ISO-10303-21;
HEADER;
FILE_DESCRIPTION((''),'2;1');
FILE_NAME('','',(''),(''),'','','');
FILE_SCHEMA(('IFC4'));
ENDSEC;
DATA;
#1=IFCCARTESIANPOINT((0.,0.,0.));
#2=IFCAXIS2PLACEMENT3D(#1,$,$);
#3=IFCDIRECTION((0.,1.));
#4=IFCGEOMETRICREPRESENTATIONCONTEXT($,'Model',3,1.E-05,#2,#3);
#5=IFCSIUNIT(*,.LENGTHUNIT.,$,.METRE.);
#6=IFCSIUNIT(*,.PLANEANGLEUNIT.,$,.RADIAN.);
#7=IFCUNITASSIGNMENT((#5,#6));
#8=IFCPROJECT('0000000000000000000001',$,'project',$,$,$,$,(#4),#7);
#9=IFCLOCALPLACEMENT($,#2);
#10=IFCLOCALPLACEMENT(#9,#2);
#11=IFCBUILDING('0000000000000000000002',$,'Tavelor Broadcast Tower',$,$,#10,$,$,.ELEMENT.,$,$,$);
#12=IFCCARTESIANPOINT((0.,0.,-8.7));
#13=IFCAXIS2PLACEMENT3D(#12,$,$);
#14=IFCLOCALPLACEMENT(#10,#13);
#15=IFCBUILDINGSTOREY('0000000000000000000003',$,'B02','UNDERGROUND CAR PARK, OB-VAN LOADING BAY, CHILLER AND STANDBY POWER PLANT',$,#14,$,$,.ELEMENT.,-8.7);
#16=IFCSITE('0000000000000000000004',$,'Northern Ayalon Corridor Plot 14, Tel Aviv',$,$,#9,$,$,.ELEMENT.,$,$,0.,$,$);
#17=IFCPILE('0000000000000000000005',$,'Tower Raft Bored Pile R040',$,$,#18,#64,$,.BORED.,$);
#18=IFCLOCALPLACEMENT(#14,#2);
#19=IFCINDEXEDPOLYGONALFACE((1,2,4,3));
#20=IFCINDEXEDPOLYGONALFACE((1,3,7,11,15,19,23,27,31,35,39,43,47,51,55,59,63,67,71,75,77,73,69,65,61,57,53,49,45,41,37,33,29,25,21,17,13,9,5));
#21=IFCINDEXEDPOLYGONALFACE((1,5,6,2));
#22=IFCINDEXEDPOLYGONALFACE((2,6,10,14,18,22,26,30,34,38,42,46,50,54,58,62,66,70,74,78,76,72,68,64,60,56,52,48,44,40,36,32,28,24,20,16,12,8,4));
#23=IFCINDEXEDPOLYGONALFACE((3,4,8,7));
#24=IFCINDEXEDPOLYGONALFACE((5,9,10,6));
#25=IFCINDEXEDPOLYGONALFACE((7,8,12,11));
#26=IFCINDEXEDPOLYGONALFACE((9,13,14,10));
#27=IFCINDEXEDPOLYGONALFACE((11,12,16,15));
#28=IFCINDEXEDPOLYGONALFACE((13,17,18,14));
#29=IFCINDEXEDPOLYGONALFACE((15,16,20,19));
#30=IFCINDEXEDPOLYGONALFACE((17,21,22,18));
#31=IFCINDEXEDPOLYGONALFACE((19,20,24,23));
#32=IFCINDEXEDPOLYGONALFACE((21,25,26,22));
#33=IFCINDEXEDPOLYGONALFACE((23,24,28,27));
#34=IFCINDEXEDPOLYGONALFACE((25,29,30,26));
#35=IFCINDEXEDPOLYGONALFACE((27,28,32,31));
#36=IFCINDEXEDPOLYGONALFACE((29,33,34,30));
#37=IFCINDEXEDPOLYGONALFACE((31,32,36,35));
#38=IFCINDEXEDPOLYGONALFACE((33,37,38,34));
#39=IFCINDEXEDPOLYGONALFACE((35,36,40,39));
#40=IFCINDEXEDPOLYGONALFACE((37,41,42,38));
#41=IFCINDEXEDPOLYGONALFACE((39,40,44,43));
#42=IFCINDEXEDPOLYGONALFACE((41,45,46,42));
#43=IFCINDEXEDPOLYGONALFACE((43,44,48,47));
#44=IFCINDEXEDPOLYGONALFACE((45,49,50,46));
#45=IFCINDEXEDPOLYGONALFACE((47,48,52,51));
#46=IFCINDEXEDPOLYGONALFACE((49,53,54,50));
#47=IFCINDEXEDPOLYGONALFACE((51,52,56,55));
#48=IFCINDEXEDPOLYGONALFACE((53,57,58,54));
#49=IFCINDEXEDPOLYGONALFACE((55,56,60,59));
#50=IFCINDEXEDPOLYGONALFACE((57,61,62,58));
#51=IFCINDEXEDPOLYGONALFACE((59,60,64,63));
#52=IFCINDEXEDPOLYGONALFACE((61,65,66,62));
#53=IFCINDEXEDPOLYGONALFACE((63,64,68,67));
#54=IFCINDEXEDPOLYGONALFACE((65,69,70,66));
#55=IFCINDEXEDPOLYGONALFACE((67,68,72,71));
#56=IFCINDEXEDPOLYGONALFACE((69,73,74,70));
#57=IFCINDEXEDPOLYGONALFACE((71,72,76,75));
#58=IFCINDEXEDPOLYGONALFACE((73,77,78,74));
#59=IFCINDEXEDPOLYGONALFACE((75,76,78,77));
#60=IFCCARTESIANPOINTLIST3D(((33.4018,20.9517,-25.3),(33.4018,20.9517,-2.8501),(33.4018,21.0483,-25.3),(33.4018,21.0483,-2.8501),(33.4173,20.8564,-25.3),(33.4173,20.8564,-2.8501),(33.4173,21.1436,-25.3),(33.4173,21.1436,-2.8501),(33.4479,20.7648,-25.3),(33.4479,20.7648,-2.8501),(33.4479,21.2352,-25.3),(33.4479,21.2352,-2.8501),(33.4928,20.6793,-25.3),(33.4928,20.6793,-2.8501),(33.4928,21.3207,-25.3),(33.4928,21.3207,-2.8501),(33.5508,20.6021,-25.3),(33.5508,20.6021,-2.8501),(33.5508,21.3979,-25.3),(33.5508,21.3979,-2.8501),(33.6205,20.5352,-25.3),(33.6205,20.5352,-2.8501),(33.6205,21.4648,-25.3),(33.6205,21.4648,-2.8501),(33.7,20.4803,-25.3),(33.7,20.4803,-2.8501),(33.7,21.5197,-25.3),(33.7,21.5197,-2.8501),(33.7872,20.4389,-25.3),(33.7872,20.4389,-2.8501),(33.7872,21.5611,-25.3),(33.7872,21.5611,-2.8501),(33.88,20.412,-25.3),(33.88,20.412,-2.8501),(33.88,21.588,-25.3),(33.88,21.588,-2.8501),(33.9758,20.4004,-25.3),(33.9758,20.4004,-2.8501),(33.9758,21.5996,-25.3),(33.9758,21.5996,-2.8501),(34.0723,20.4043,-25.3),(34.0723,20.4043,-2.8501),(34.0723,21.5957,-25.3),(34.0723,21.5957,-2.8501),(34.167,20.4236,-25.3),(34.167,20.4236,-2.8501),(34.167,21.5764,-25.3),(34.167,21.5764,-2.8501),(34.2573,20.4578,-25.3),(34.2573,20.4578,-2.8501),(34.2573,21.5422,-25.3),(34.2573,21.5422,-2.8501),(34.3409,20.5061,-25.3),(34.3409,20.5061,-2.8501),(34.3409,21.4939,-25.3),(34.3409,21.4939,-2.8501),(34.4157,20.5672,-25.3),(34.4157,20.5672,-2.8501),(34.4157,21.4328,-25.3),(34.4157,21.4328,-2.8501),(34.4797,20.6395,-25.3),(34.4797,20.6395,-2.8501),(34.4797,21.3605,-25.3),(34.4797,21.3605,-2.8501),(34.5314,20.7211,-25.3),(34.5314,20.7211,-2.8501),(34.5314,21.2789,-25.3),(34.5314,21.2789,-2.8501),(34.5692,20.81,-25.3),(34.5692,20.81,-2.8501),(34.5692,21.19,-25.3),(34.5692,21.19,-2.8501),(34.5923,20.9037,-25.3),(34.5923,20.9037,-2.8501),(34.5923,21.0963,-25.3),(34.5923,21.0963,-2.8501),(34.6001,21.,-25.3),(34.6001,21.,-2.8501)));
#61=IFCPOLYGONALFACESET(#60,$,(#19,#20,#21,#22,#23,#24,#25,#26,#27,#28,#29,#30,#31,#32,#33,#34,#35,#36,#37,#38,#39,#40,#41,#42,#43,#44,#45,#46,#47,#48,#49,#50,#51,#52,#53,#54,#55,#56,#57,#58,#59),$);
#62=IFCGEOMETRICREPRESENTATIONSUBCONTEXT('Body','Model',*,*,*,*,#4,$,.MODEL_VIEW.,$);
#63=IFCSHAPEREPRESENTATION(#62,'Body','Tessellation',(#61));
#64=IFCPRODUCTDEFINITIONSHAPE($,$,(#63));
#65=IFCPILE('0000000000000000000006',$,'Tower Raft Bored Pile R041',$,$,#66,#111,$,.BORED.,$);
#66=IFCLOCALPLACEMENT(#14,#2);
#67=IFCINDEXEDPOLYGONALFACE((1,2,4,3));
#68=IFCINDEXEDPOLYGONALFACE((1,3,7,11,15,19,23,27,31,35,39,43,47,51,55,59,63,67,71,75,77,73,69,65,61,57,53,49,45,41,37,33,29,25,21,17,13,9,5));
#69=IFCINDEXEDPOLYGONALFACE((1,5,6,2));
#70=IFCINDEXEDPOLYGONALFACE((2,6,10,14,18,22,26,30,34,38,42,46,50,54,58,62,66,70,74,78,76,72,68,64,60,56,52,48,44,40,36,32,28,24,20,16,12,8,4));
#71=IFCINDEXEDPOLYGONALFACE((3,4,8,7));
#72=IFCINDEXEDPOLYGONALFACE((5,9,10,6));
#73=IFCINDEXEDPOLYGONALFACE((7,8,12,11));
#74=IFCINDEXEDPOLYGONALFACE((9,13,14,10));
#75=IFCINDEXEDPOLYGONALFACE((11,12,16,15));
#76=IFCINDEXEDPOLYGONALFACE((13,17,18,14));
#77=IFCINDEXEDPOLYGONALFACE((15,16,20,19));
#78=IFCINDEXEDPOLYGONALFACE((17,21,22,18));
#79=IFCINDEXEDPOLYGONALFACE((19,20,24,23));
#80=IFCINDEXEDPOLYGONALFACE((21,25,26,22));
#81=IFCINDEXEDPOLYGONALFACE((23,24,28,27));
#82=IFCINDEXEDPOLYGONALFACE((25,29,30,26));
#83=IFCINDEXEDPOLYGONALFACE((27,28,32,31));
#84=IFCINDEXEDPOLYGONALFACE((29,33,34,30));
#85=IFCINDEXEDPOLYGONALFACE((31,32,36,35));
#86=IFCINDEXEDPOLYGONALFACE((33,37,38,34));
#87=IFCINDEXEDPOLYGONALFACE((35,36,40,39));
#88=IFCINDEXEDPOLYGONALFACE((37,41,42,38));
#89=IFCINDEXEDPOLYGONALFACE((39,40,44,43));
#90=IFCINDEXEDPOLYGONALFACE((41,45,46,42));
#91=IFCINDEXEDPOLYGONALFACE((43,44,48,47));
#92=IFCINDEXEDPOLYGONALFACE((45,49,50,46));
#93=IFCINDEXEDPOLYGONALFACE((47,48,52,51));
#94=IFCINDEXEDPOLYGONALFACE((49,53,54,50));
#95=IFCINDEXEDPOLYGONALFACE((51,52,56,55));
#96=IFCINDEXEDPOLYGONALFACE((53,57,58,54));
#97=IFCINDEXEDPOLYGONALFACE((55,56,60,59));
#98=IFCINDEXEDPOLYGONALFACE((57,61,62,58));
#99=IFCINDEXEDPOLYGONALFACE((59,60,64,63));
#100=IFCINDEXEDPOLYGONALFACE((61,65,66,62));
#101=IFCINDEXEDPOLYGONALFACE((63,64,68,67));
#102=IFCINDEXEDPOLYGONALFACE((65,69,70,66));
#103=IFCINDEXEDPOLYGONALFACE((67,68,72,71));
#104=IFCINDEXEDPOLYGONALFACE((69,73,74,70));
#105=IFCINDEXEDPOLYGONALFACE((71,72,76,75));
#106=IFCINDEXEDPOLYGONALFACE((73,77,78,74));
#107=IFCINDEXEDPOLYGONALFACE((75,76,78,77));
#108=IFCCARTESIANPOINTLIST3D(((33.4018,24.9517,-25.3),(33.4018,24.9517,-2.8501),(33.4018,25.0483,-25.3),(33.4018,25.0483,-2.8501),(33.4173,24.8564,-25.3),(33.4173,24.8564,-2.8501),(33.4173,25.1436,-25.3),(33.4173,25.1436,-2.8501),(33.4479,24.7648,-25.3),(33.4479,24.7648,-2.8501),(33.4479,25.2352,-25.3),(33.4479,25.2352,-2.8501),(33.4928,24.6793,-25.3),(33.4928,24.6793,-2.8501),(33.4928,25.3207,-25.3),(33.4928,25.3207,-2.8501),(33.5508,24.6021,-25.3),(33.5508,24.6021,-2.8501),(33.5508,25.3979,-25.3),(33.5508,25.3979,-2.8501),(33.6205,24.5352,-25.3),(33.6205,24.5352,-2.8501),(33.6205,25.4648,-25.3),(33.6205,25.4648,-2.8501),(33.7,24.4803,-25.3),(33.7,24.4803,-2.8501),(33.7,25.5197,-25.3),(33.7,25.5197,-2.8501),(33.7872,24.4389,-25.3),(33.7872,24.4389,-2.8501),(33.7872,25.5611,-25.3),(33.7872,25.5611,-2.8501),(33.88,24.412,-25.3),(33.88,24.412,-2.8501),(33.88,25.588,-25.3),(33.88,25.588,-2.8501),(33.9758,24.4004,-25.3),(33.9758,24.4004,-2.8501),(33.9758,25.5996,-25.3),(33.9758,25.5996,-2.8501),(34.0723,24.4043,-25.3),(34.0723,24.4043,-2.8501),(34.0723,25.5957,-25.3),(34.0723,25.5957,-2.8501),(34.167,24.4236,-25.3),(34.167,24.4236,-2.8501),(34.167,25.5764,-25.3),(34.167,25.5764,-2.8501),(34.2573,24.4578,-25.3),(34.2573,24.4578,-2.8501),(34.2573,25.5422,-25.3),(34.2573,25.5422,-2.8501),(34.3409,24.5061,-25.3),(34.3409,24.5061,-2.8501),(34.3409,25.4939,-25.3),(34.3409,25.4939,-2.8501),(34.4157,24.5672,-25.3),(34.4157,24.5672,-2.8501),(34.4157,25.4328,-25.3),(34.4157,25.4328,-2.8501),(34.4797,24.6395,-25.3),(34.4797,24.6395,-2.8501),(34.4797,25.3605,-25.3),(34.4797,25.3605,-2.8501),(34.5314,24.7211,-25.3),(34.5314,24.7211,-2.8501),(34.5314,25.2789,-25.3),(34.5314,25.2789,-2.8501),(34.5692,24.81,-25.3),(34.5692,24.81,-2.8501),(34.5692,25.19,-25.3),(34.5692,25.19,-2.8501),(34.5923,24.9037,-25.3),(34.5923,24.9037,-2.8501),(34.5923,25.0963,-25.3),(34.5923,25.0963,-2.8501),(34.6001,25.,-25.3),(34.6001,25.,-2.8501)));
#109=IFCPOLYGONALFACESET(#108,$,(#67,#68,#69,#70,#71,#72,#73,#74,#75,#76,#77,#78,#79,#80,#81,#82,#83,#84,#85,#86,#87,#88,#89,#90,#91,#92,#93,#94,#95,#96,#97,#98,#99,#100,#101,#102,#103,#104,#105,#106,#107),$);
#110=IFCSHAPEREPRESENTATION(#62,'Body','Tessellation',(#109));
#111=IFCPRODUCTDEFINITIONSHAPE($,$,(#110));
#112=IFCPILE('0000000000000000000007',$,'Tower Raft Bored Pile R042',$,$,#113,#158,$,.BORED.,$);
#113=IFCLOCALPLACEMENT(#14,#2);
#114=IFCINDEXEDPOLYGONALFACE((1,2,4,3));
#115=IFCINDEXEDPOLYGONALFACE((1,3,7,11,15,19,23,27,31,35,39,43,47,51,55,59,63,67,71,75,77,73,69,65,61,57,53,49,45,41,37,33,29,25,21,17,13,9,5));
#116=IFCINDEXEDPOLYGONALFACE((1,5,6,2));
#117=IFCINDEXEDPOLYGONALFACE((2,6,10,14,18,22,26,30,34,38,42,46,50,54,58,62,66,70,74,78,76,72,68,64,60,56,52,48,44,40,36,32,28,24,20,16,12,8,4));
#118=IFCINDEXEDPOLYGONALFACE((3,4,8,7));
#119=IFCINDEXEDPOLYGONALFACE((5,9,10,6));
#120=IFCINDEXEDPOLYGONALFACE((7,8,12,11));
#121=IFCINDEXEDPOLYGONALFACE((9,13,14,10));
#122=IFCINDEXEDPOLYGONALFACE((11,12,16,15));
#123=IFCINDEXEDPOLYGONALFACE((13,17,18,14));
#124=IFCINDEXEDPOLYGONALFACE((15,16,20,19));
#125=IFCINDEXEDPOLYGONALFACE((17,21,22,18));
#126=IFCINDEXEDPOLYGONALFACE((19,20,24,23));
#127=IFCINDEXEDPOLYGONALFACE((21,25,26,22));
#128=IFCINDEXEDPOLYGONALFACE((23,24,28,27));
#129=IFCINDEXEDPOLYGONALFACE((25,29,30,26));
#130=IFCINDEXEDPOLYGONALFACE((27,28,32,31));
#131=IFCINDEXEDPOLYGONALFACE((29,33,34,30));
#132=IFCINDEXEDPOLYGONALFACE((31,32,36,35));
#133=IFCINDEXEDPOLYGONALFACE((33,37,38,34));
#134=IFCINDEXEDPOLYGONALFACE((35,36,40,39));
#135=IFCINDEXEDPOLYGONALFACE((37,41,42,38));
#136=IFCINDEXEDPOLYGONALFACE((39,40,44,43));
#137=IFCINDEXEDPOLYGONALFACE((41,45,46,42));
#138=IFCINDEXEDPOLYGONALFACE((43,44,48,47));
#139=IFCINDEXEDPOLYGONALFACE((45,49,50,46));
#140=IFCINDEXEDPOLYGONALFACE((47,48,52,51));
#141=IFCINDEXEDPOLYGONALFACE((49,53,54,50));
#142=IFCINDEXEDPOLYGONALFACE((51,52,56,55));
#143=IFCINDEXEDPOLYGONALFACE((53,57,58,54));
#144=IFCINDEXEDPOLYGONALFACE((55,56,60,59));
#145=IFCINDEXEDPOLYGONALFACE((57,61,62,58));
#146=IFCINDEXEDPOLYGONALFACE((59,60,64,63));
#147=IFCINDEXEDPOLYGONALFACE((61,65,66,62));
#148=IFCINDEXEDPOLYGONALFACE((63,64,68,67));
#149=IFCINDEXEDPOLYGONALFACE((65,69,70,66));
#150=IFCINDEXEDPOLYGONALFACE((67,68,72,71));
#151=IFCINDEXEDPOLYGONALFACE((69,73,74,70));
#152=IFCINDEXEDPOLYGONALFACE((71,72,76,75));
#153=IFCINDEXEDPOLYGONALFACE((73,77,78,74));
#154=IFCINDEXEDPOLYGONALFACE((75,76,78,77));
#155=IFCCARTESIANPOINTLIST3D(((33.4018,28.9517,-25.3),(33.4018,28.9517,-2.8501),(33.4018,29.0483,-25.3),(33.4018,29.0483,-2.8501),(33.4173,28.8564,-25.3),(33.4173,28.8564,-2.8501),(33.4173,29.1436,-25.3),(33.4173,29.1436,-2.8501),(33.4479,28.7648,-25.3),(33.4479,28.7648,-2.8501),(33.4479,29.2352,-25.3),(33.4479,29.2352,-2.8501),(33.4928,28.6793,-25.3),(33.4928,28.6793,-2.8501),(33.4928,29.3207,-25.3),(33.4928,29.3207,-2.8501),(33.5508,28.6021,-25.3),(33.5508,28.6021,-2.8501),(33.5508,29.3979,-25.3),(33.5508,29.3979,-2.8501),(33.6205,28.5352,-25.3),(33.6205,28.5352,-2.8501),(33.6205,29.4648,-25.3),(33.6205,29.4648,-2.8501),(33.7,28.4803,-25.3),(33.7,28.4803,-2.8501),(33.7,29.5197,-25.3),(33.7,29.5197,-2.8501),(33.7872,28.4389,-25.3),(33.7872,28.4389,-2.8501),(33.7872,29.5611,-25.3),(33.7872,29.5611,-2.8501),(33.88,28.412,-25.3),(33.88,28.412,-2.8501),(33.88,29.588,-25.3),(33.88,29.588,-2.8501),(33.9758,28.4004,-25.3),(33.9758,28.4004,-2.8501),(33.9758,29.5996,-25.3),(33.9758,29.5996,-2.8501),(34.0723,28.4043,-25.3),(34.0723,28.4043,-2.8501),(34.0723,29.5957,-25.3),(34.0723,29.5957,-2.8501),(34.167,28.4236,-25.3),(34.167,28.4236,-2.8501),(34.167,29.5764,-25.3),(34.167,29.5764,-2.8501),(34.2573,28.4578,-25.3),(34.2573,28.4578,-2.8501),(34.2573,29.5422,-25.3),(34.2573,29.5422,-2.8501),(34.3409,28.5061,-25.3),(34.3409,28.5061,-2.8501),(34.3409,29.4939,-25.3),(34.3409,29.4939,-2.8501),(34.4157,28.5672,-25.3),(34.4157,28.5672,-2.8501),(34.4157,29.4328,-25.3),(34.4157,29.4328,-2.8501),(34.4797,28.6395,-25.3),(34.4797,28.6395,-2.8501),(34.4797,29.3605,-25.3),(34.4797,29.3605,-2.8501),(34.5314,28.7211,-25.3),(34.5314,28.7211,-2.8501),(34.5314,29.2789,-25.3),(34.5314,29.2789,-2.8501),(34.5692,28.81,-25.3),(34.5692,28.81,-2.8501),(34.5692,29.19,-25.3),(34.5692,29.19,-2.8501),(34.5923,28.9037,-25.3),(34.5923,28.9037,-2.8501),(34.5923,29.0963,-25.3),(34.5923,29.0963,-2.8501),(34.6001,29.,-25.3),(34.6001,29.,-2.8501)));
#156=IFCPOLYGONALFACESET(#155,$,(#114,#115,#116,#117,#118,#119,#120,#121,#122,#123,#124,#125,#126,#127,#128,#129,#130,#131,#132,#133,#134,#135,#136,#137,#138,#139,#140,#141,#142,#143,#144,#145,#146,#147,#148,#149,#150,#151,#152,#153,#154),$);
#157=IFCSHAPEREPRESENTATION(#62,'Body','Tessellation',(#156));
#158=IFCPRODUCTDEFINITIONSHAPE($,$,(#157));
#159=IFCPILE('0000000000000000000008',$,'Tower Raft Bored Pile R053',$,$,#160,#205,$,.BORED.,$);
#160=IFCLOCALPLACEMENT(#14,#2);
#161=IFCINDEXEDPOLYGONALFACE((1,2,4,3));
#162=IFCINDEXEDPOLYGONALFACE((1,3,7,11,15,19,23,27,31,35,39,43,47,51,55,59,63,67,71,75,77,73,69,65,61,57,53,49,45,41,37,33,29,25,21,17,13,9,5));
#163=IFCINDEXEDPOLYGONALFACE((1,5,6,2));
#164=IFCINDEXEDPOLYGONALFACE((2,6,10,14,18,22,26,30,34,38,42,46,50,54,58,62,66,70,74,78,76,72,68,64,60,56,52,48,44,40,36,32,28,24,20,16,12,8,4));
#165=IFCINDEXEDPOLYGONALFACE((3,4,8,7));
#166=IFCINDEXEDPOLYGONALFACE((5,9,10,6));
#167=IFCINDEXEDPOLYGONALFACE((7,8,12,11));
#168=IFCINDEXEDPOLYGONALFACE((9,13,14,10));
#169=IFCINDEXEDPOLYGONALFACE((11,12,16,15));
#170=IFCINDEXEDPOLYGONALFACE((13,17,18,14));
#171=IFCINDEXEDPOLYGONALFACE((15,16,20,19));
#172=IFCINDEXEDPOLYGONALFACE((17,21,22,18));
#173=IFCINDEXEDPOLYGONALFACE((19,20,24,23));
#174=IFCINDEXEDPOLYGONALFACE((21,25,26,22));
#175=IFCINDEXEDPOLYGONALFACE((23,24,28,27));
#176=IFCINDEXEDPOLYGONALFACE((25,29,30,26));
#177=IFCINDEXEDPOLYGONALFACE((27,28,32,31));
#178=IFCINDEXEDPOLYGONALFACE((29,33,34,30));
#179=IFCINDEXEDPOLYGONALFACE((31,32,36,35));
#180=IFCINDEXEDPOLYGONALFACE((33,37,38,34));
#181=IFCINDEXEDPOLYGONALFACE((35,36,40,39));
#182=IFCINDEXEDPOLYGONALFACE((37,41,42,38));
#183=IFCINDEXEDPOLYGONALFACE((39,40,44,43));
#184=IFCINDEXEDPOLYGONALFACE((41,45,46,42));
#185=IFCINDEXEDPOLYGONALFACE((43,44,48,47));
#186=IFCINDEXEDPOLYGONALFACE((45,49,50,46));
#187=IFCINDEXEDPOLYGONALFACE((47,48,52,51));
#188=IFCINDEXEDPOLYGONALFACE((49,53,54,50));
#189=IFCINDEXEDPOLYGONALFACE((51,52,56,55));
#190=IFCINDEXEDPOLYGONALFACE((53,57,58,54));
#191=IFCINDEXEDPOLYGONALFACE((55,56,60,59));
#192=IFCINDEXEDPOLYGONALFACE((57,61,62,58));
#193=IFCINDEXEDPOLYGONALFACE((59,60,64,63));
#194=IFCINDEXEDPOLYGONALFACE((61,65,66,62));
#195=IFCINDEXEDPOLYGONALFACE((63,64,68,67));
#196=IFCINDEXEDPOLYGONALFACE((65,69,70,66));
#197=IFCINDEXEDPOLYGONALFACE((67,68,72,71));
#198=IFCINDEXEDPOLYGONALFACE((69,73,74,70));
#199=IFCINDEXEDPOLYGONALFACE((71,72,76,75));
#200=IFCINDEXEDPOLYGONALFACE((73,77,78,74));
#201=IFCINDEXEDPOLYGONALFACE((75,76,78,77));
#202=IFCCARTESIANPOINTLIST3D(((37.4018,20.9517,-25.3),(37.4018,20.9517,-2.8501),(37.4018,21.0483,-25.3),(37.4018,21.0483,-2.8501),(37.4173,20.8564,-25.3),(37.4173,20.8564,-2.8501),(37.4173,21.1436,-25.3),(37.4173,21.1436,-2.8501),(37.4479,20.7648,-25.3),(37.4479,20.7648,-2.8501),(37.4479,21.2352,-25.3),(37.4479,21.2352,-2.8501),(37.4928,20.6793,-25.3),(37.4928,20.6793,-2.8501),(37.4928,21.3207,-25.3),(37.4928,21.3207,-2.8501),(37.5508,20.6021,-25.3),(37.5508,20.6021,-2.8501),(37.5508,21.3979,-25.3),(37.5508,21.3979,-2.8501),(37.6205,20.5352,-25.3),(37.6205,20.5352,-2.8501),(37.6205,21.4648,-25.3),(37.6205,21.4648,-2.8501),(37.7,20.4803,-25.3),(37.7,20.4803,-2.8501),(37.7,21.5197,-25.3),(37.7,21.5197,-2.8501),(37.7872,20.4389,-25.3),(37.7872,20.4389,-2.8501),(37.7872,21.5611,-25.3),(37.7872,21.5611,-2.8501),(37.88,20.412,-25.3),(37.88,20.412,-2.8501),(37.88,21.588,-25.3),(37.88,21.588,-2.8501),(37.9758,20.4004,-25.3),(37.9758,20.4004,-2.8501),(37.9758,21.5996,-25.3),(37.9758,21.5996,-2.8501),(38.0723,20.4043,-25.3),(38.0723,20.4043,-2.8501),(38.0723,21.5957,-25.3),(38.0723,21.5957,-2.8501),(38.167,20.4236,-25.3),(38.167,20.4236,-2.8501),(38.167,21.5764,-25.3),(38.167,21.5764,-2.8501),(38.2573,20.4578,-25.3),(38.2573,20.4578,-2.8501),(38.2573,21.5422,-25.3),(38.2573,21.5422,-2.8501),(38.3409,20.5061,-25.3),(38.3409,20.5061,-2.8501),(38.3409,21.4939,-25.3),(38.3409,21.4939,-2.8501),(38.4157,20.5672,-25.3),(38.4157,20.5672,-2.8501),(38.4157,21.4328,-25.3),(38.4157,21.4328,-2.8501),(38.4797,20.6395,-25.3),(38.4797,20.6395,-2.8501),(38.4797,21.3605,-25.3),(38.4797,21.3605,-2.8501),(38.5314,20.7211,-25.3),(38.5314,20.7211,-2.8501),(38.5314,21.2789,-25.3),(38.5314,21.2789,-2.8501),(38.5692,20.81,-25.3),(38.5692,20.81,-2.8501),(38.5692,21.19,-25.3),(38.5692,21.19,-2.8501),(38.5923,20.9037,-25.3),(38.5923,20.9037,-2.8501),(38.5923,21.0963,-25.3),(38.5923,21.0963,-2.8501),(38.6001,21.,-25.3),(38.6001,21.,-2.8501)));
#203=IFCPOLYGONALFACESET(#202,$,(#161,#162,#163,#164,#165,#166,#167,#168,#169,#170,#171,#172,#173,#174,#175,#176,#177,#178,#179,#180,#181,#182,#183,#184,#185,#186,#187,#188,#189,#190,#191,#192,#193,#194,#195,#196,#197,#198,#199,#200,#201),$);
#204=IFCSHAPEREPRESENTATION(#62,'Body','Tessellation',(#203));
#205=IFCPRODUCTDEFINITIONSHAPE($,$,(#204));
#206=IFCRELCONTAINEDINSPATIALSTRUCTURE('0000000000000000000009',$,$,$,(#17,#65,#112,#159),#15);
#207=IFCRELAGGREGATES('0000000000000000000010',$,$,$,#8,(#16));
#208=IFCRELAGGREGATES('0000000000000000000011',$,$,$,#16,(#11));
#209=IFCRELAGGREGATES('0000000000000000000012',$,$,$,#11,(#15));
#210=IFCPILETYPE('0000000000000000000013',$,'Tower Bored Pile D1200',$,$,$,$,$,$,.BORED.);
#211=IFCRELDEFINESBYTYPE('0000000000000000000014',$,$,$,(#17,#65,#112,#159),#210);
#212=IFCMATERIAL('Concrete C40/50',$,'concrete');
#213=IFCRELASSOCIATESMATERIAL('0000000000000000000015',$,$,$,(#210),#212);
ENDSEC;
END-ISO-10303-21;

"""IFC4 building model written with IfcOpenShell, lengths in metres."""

from ifc_helpers import new_model, si_unit, direction, frame, origin, origin_2d, place, context, subcontext, project, spatial, circle, extrude, material, material_profile, profile_set, type_object, element, save


model = new_model("IFC4")

# Units and contexts
model_context = context("Model", 3, precision=1e-05, world=origin(), true_north=direction((0.0, 1.0)))
body_context = subcontext(model_context, "Body", "Model", "MODEL_VIEW")
ifc_project = project(units=[si_unit("LENGTHUNIT", "METRE"), si_unit("PLANEANGLEUNIT", "RADIAN")], contexts=[model_context])

# Site, building, storey
site_placement = place(None, origin())
site = spatial("IfcSite", under=ifc_project, at=site_placement, Name="Northern Ayalon Corridor Plot 14, Tel Aviv", CompositionType="ELEMENT", RefElevation=0.0)
building_placement = place(site_placement, origin())
building = spatial("IfcBuilding", under=site, at=building_placement, Name="Tavelor Broadcast Tower", CompositionType="ELEMENT")
storey_placement = place(building_placement, frame((0.0, 0.0, -8.7)))
storey = spatial("IfcBuildingStorey", under=building, at=storey_placement, Name="B02", Description="UNDERGROUND CAR PARK, OB-VAN LOADING BAY, CHILLER AND STANDBY POWER PLANT", CompositionType="ELEMENT", Elevation=-8.7)

# Shared definitions
ifc_material_1 = material(Name="Concrete C40/50", Category="concrete")

# Piles
ifc_material_profile_1 = material_profile(ifc_material_1, circle(Radius=0.6001, at=origin_2d()), Name="PILE D1200")
ifc_profile_set_1 = profile_set([ifc_material_profile_1], Name="Concrete C40/50")
pile_type_1 = type_object("IfcPileType", Name="Tower Bored Pile D1200", PredefinedType="BORED", material=ifc_profile_set_1)
for number, where, z_axis, x_axis, name in (
    (1, (34.0, 21.0, -2.8501), (0.0, 0.0, -1.0), (1.0, 0.0, 0.0), "Tower Raft Bored Pile R040"),
    (2, (34.0, 25.0, -2.8501), (0.0, 0.0, -1.0), (1.0, 0.0, 0.0), "Tower Raft Bored Pile R041"),
    (3, (34.0, 29.0, -2.8501), (0.0, 0.0, -1.0), (1.0, 0.0, 0.0), "Tower Raft Bored Pile R042"),
    (4, (38.0, 21.0, -2.8501), (0.0, 0.0, -1.0), (1.0, 0.0, 0.0), "Tower Raft Bored Pile R053"),
):
    element("IfcPile", number, at=place(storey_placement, frame(where, z_axis=z_axis, x_axis=x_axis)), inside=storey, type_object=pile_type_1, Name=name, PredefinedType="BORED", context=body_context, shape_type="SweptSolid", body=[
        extrude(circle(Radius=0.6001, at=origin_2d()), origin(), (0.0, 0.0, 1.0), 22.45),
    ])

save(model, "model.ifc")
